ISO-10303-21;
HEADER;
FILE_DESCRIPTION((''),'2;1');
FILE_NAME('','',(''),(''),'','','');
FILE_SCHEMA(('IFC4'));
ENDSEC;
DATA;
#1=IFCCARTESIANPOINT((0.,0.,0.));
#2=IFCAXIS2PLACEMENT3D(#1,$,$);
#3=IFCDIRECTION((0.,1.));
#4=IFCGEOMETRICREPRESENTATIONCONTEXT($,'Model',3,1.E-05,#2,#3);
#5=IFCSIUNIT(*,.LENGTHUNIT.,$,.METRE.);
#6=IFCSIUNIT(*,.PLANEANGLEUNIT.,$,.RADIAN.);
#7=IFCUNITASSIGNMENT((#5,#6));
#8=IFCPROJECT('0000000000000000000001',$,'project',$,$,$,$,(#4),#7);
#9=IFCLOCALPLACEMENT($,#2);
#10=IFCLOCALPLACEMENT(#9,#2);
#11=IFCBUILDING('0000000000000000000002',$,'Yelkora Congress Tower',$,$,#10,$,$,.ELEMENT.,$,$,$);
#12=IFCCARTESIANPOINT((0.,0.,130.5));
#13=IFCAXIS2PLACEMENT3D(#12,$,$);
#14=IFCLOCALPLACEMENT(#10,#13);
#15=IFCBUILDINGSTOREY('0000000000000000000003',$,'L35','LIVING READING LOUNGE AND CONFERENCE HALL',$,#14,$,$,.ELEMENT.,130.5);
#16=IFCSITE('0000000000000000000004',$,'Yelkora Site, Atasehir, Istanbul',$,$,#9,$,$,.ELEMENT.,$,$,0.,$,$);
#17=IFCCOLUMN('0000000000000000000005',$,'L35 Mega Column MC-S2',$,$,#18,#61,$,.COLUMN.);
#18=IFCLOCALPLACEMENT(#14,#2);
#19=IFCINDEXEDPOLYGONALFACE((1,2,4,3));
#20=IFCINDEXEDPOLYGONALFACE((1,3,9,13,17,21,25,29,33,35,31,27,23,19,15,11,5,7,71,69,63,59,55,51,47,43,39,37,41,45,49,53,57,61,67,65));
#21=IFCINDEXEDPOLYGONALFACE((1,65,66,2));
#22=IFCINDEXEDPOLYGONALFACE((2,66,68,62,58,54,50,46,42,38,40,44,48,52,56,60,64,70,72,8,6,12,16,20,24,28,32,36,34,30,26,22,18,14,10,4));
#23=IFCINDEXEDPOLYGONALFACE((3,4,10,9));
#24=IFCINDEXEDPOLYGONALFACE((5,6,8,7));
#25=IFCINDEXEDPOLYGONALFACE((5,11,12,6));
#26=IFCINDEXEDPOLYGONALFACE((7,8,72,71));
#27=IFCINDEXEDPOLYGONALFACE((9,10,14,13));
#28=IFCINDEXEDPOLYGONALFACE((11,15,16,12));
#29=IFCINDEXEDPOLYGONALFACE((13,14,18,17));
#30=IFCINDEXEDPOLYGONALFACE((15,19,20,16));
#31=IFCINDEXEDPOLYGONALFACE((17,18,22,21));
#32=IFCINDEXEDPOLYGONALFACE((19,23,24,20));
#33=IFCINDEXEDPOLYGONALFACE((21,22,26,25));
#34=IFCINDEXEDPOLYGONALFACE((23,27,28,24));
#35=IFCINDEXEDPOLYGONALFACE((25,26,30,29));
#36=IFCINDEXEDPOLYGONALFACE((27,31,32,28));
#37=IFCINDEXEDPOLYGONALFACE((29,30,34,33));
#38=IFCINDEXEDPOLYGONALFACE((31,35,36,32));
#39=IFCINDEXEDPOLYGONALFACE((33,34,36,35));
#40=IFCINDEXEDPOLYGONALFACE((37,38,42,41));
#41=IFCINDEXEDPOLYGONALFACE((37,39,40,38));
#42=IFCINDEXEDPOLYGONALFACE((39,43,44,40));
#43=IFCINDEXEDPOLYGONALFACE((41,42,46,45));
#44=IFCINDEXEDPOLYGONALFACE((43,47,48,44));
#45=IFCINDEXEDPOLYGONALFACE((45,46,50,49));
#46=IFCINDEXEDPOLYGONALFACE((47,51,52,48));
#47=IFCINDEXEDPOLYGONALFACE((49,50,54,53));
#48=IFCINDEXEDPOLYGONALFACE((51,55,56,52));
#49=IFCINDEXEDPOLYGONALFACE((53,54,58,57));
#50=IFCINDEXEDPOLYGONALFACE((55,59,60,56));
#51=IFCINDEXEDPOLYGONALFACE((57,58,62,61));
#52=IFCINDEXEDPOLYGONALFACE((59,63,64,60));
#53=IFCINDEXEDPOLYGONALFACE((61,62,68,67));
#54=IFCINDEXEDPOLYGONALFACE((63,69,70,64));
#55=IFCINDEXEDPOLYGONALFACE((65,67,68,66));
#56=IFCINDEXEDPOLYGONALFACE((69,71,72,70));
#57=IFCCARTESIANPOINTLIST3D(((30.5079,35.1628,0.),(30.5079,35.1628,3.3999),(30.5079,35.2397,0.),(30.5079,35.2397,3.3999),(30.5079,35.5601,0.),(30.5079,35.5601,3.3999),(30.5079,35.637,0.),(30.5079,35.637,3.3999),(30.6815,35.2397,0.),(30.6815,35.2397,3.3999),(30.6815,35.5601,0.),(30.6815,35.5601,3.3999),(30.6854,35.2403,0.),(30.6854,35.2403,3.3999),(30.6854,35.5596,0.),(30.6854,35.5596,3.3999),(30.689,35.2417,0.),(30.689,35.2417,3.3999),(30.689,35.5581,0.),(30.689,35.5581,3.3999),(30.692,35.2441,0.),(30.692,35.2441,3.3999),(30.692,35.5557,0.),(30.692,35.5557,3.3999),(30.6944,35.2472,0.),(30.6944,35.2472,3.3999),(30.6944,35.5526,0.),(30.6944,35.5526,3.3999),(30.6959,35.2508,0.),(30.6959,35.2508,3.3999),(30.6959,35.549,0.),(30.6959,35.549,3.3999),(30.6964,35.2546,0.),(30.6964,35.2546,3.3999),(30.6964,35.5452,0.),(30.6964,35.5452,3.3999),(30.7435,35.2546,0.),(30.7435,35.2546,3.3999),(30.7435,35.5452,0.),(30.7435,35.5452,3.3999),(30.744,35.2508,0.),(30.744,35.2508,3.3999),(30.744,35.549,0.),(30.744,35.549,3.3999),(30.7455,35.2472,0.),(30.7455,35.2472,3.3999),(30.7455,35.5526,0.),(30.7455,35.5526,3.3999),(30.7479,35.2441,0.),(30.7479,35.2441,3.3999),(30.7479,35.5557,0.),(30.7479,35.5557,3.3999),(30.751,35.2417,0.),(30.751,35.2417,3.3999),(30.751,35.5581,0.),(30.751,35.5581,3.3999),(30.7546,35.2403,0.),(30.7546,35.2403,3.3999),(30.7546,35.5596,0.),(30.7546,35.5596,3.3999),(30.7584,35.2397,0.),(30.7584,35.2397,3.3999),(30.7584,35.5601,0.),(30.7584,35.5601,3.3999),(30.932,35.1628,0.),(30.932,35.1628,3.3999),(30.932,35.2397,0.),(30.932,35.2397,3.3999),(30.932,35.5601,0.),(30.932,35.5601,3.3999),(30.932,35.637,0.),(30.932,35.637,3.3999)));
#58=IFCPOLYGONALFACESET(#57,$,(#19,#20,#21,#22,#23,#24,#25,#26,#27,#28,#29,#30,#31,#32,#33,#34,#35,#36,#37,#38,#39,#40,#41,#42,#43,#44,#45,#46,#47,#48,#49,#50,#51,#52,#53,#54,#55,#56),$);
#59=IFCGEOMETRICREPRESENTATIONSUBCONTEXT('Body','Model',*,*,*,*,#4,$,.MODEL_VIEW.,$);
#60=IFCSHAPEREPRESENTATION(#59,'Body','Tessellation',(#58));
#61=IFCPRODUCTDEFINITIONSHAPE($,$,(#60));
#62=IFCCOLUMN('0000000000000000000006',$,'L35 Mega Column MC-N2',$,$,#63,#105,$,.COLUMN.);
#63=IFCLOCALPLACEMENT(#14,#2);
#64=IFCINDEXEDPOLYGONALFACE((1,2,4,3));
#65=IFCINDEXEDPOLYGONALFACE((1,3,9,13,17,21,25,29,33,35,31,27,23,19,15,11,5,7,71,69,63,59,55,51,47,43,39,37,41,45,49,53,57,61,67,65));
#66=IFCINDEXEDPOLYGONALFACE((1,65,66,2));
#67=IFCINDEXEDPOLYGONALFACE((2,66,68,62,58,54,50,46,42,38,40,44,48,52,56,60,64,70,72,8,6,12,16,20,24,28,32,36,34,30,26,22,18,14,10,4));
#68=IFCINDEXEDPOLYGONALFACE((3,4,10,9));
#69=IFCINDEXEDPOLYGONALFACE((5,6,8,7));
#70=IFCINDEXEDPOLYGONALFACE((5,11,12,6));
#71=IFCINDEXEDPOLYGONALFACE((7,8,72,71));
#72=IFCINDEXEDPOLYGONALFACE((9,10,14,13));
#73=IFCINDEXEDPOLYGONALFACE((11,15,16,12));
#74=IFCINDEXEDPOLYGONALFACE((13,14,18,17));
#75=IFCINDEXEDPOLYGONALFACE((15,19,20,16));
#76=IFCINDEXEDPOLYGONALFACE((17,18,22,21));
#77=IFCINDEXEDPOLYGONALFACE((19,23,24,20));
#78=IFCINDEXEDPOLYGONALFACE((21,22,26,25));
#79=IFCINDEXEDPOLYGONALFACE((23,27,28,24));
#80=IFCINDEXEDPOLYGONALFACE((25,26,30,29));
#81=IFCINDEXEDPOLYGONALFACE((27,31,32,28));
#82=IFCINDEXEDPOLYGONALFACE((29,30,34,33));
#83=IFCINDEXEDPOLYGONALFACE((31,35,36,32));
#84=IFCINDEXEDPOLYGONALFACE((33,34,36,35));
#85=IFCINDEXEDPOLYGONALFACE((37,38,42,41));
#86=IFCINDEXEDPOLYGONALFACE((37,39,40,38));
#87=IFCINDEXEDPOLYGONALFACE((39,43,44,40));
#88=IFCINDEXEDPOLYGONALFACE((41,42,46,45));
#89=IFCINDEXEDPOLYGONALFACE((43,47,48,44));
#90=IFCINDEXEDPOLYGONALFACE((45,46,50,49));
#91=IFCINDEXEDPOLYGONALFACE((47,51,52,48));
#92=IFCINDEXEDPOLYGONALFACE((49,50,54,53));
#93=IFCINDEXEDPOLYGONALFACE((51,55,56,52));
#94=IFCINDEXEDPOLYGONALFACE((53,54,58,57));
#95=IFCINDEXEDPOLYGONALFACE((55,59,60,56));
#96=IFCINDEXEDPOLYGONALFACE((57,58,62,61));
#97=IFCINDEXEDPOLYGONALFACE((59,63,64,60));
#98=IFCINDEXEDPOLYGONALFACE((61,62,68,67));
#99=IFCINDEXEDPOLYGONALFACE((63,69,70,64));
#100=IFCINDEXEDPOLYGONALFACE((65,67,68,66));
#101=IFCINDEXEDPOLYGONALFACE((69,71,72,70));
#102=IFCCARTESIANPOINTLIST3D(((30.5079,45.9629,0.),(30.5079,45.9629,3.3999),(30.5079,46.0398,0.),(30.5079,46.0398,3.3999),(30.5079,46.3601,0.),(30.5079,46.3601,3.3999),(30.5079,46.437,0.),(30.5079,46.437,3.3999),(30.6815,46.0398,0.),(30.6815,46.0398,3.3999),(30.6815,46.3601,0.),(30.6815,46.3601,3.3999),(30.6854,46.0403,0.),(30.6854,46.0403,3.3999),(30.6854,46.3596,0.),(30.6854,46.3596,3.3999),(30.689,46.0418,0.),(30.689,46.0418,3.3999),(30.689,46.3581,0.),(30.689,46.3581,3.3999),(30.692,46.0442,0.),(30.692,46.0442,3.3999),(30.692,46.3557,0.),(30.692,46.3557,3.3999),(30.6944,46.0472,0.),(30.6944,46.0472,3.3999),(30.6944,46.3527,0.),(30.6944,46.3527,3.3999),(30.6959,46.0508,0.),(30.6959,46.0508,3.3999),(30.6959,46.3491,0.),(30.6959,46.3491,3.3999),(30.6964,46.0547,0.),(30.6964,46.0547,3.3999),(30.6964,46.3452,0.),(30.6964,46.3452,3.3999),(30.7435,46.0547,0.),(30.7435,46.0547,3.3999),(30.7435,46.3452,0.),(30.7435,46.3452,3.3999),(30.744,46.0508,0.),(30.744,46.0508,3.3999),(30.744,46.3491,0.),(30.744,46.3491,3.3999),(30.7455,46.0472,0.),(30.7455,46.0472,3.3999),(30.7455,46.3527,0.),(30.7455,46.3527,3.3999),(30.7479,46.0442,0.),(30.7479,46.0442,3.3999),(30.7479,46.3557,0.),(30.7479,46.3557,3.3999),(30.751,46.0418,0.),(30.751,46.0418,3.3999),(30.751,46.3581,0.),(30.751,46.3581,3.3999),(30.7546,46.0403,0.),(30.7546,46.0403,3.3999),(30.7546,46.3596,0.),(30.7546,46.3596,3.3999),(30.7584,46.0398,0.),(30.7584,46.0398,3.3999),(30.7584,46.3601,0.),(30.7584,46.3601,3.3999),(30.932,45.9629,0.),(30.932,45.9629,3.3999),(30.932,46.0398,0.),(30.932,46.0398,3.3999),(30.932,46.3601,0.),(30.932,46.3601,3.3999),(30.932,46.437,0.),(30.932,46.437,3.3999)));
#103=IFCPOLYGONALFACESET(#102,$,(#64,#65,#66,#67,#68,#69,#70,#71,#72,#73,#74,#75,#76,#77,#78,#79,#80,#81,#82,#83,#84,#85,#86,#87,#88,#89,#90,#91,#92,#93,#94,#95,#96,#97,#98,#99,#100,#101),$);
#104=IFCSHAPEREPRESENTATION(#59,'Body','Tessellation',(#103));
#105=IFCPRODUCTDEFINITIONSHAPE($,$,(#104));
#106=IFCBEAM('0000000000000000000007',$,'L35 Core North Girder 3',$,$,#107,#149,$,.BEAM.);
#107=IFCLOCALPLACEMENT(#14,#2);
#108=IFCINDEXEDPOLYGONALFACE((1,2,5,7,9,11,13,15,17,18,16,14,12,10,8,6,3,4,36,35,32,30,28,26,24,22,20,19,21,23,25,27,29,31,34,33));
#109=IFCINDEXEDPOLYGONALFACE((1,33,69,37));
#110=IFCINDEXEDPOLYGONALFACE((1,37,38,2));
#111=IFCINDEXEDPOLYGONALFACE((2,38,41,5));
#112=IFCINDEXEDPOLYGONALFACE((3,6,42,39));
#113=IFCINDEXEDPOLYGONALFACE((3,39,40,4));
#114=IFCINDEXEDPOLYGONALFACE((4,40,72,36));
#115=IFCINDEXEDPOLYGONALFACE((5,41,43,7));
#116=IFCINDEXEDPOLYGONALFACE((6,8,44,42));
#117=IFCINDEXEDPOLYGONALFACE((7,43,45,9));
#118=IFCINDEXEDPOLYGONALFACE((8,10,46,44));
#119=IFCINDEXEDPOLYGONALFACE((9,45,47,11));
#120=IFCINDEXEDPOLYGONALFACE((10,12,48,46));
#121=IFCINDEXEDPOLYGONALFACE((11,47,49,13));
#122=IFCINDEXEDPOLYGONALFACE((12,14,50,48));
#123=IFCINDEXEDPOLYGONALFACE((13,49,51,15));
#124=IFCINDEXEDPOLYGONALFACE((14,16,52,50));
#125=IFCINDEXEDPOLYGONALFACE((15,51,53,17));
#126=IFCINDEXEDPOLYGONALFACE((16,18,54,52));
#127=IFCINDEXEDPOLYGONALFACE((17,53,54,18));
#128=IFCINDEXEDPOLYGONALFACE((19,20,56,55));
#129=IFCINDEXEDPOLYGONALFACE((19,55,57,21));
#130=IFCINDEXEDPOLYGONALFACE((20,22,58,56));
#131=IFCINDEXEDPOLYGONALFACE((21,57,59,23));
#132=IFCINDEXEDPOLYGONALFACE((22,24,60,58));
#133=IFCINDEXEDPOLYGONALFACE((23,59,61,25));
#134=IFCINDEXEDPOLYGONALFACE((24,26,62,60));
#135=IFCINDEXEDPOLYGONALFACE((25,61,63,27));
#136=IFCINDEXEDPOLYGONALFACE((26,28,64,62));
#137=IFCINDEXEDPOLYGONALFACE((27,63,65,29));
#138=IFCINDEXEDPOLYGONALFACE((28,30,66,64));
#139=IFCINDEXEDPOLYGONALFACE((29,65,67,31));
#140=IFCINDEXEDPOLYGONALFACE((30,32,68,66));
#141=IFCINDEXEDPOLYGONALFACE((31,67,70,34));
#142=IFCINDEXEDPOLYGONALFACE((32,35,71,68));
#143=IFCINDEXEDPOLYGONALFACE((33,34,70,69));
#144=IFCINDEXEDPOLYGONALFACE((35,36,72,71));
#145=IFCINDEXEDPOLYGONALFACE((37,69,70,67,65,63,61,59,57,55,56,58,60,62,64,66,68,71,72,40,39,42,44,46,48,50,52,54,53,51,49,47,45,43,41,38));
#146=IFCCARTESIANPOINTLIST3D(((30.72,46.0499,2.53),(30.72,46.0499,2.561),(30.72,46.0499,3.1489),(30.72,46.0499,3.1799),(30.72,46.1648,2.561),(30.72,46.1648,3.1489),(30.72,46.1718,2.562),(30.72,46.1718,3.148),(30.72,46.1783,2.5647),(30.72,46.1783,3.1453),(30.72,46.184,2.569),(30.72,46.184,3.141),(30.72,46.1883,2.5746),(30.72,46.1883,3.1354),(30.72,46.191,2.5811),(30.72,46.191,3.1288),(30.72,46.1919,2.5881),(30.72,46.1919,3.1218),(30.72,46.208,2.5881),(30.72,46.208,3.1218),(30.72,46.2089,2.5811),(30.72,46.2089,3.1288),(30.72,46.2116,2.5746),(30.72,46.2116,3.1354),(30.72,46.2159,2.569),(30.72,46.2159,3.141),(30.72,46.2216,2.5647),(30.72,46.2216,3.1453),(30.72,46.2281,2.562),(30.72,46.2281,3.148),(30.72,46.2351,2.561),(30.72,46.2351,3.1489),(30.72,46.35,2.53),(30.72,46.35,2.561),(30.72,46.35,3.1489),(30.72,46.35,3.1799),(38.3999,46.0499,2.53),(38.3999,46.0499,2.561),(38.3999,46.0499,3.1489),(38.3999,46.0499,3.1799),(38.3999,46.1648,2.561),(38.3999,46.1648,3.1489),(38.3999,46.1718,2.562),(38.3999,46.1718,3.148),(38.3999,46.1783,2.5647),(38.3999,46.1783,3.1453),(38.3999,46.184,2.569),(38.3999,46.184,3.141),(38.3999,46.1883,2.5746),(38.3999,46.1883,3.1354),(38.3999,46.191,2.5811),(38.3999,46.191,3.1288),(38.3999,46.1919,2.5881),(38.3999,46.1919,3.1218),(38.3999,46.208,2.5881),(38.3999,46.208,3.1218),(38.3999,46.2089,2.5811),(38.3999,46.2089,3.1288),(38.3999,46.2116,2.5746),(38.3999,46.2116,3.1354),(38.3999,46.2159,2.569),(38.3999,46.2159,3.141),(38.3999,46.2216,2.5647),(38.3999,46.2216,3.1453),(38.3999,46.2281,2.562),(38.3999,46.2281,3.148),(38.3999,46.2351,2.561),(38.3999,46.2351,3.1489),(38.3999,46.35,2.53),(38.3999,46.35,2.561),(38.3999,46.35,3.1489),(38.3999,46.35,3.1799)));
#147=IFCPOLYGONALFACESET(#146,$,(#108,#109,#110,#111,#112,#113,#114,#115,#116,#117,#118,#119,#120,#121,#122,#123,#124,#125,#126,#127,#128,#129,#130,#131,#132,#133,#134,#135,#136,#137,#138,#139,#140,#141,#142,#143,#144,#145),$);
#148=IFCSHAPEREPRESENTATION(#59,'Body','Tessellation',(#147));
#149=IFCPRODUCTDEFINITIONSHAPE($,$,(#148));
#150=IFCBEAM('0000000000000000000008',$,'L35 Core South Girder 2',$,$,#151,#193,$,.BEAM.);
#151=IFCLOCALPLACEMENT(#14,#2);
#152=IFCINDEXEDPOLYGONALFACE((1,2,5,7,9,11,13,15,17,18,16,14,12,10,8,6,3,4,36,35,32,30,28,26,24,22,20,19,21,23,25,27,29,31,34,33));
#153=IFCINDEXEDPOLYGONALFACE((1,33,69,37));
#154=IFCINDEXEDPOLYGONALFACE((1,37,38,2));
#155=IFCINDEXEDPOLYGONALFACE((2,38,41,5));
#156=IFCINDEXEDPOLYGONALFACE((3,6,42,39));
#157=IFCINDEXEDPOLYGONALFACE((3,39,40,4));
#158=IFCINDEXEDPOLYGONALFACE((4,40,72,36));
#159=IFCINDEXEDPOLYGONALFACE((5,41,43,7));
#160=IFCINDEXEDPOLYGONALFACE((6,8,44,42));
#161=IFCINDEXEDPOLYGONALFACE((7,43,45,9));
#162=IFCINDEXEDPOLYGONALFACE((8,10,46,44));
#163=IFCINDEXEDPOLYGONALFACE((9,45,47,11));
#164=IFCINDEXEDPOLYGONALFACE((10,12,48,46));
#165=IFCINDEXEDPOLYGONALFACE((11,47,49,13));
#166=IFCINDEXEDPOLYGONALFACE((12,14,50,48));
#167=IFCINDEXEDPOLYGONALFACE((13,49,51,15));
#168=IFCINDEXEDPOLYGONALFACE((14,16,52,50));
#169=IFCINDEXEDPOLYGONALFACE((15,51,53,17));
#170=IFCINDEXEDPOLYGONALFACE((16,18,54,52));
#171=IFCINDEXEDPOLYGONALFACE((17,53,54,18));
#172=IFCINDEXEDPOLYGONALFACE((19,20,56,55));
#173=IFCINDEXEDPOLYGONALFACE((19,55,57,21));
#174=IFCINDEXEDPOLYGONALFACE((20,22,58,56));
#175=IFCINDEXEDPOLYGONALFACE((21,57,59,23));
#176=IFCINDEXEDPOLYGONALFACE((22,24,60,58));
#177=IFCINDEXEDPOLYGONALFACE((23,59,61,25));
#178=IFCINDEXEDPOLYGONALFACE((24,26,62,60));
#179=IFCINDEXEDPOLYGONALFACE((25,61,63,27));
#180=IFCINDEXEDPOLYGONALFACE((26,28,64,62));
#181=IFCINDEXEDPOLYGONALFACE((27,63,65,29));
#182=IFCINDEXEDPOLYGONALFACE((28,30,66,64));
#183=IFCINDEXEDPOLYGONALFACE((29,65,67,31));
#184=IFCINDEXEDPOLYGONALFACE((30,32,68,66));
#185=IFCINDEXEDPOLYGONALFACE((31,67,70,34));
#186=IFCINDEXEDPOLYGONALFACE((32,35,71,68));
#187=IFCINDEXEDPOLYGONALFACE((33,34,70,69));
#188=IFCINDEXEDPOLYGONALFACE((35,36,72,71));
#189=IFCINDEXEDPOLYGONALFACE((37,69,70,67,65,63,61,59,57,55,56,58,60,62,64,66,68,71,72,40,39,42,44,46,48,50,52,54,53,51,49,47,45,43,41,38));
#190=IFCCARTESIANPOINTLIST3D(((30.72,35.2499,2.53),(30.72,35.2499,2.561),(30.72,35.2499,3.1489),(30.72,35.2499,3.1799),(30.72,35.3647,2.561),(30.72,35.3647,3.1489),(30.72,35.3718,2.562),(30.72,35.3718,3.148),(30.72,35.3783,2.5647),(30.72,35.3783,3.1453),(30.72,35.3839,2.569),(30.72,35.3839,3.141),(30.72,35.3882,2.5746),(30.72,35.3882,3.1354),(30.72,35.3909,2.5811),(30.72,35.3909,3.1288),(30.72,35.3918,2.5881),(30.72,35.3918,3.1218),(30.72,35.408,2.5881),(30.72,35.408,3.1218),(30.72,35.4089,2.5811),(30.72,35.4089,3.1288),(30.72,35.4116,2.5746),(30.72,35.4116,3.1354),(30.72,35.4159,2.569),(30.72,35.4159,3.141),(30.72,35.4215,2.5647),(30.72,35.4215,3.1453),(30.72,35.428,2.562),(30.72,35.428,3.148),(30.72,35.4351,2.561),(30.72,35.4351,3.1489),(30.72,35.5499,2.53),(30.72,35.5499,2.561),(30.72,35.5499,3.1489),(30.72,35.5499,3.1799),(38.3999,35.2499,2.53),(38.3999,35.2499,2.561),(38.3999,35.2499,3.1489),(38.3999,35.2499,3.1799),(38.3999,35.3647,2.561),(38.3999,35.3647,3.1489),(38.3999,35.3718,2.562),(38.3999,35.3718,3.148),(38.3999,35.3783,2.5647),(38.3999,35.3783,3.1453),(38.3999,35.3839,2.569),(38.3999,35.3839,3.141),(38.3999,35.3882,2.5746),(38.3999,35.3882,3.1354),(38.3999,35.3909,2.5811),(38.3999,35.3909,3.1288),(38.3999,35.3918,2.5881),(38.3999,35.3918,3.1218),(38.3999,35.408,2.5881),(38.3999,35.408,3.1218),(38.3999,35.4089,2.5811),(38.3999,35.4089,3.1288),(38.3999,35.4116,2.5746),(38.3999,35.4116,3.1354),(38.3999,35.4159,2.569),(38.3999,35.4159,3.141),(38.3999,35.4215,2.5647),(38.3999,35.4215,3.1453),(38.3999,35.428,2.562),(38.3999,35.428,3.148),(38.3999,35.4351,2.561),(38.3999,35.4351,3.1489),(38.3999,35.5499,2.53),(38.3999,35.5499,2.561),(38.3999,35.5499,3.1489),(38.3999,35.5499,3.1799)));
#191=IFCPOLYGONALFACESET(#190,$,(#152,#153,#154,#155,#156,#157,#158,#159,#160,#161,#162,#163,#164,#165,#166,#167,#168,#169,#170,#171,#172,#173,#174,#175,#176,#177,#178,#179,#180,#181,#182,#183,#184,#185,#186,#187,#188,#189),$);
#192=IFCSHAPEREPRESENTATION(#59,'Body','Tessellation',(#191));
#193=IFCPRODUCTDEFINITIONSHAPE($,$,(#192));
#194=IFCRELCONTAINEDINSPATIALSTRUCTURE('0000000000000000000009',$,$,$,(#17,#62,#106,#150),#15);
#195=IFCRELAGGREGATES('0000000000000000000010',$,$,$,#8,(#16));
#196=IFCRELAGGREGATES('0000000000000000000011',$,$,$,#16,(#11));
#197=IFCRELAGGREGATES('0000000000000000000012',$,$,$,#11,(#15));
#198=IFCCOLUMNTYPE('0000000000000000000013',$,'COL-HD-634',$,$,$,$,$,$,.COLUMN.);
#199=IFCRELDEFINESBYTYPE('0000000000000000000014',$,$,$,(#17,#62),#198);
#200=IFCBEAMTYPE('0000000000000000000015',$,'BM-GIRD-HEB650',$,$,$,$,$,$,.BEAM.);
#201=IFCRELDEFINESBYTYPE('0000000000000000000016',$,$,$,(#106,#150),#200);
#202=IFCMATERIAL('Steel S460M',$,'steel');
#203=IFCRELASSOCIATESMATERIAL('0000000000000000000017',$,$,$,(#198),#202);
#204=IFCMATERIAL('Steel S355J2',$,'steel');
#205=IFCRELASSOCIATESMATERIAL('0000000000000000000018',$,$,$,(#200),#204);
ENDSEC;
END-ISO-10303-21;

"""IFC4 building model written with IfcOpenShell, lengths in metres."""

from ifc_helpers import new_model, si_unit, direction, frame, origin, origin_2d, place, context, subcontext, project, spatial, i_section, extrude, material, material_profile, profile_set, type_object, element, save


model = new_model("IFC4")

# Units and contexts
model_context = context("Model", 3, precision=1e-05, world=origin(), true_north=direction((0.0, 1.0)))
body_context = subcontext(model_context, "Body", "Model", "MODEL_VIEW")
ifc_project = project(units=[si_unit("LENGTHUNIT", "METRE"), si_unit("PLANEANGLEUNIT", "RADIAN")], contexts=[model_context])

# Site, building, storey
site_placement = place(None, origin())
site = spatial("IfcSite", under=ifc_project, at=site_placement, Name="Yelkora Site, Atasehir, Istanbul", CompositionType="ELEMENT", RefElevation=0.0)
building_placement = place(site_placement, origin())
building = spatial("IfcBuilding", under=site, at=building_placement, Name="Yelkora Congress Tower", CompositionType="ELEMENT")
storey_placement = place(building_placement, frame((0.0, 0.0, 130.5)))
storey = spatial("IfcBuildingStorey", under=building, at=storey_placement, Name="L35", Description="LIVING READING LOUNGE AND CONFERENCE HALL", CompositionType="ELEMENT", Elevation=130.5)

# Columns
ifc_material_1 = material(Name="Steel S460M", Category="steel")
ifc_material_profile_1 = material_profile(ifc_material_1, i_section(OverallWidth=0.4241, OverallDepth=0.4741, WebThickness=0.0471, FlangeThickness=0.0769, FilletRadius=0.0149, at=origin_2d()), Name="HD 400x634")
ifc_profile_set_1 = profile_set([ifc_material_profile_1], Name="Steel S460M")
column_type = type_object("IfcColumnType", Name="COL-HD-634", PredefinedType="COLUMN", material=ifc_profile_set_1)
for number, where, z_axis, x_axis, name in (
    (1, (30.72, 35.3999, 0.0), (0.0, 0.0, 1.0), (1.0, 0.0, 0.0), "L35 Mega Column MC-S2"),
    (2, (30.72, 46.2, 0.0), (0.0, 0.0, 1.0), (1.0, 0.0, 0.0), "L35 Mega Column MC-N2"),
):
    element("IfcColumn", number, at=place(storey_placement, frame(where, z_axis=z_axis, x_axis=x_axis)), inside=storey, type_object=column_type, Name=name, PredefinedType="COLUMN", context=body_context, shape_type="SweptSolid", body=[
        extrude(i_section(OverallWidth=0.4241, OverallDepth=0.4741, WebThickness=0.0471, FlangeThickness=0.0769, FilletRadius=0.0149, at=origin_2d()), origin(), (0.0, 0.0, 1.0), 3.3999),
    ])

# Beams
ifc_material_2 = material(Name="Steel S355J2", Category="steel")
ifc_material_profile_2 = material_profile(ifc_material_2, i_section(OverallWidth=0.3, OverallDepth=0.6499, WebThickness=0.0161, FlangeThickness=0.031, FilletRadius=0.0271, at=origin_2d()), Name="HEB 650")
ifc_profile_set_2 = profile_set([ifc_material_profile_2], Name="Steel S355J2")
beam_type = type_object("IfcBeamType", Name="BM-GIRD-HEB650", PredefinedType="BEAM", material=ifc_profile_set_2)
for number, where, z_axis, x_axis, name in (
    (3, (30.72, 46.2, 2.855), (1.0, 0.0, 0.0), (0.0, 1.0, 0.0), "L35 Core North Girder 3"),
    (4, (30.72, 35.3999, 2.855), (1.0, 0.0, 0.0), (0.0, 1.0, 0.0), "L35 Core South Girder 2"),
):
    element("IfcBeam", number, at=place(storey_placement, frame(where, z_axis=z_axis, x_axis=x_axis)), inside=storey, type_object=beam_type, Name=name, PredefinedType="BEAM", context=body_context, shape_type="SweptSolid", body=[
        extrude(i_section(OverallWidth=0.3, OverallDepth=0.6499, WebThickness=0.0161, FlangeThickness=0.031, FilletRadius=0.0271, at=origin_2d()), origin(), (0.0, 0.0, 1.0), 7.6799),
    ])

save(model, "model.ifc")
